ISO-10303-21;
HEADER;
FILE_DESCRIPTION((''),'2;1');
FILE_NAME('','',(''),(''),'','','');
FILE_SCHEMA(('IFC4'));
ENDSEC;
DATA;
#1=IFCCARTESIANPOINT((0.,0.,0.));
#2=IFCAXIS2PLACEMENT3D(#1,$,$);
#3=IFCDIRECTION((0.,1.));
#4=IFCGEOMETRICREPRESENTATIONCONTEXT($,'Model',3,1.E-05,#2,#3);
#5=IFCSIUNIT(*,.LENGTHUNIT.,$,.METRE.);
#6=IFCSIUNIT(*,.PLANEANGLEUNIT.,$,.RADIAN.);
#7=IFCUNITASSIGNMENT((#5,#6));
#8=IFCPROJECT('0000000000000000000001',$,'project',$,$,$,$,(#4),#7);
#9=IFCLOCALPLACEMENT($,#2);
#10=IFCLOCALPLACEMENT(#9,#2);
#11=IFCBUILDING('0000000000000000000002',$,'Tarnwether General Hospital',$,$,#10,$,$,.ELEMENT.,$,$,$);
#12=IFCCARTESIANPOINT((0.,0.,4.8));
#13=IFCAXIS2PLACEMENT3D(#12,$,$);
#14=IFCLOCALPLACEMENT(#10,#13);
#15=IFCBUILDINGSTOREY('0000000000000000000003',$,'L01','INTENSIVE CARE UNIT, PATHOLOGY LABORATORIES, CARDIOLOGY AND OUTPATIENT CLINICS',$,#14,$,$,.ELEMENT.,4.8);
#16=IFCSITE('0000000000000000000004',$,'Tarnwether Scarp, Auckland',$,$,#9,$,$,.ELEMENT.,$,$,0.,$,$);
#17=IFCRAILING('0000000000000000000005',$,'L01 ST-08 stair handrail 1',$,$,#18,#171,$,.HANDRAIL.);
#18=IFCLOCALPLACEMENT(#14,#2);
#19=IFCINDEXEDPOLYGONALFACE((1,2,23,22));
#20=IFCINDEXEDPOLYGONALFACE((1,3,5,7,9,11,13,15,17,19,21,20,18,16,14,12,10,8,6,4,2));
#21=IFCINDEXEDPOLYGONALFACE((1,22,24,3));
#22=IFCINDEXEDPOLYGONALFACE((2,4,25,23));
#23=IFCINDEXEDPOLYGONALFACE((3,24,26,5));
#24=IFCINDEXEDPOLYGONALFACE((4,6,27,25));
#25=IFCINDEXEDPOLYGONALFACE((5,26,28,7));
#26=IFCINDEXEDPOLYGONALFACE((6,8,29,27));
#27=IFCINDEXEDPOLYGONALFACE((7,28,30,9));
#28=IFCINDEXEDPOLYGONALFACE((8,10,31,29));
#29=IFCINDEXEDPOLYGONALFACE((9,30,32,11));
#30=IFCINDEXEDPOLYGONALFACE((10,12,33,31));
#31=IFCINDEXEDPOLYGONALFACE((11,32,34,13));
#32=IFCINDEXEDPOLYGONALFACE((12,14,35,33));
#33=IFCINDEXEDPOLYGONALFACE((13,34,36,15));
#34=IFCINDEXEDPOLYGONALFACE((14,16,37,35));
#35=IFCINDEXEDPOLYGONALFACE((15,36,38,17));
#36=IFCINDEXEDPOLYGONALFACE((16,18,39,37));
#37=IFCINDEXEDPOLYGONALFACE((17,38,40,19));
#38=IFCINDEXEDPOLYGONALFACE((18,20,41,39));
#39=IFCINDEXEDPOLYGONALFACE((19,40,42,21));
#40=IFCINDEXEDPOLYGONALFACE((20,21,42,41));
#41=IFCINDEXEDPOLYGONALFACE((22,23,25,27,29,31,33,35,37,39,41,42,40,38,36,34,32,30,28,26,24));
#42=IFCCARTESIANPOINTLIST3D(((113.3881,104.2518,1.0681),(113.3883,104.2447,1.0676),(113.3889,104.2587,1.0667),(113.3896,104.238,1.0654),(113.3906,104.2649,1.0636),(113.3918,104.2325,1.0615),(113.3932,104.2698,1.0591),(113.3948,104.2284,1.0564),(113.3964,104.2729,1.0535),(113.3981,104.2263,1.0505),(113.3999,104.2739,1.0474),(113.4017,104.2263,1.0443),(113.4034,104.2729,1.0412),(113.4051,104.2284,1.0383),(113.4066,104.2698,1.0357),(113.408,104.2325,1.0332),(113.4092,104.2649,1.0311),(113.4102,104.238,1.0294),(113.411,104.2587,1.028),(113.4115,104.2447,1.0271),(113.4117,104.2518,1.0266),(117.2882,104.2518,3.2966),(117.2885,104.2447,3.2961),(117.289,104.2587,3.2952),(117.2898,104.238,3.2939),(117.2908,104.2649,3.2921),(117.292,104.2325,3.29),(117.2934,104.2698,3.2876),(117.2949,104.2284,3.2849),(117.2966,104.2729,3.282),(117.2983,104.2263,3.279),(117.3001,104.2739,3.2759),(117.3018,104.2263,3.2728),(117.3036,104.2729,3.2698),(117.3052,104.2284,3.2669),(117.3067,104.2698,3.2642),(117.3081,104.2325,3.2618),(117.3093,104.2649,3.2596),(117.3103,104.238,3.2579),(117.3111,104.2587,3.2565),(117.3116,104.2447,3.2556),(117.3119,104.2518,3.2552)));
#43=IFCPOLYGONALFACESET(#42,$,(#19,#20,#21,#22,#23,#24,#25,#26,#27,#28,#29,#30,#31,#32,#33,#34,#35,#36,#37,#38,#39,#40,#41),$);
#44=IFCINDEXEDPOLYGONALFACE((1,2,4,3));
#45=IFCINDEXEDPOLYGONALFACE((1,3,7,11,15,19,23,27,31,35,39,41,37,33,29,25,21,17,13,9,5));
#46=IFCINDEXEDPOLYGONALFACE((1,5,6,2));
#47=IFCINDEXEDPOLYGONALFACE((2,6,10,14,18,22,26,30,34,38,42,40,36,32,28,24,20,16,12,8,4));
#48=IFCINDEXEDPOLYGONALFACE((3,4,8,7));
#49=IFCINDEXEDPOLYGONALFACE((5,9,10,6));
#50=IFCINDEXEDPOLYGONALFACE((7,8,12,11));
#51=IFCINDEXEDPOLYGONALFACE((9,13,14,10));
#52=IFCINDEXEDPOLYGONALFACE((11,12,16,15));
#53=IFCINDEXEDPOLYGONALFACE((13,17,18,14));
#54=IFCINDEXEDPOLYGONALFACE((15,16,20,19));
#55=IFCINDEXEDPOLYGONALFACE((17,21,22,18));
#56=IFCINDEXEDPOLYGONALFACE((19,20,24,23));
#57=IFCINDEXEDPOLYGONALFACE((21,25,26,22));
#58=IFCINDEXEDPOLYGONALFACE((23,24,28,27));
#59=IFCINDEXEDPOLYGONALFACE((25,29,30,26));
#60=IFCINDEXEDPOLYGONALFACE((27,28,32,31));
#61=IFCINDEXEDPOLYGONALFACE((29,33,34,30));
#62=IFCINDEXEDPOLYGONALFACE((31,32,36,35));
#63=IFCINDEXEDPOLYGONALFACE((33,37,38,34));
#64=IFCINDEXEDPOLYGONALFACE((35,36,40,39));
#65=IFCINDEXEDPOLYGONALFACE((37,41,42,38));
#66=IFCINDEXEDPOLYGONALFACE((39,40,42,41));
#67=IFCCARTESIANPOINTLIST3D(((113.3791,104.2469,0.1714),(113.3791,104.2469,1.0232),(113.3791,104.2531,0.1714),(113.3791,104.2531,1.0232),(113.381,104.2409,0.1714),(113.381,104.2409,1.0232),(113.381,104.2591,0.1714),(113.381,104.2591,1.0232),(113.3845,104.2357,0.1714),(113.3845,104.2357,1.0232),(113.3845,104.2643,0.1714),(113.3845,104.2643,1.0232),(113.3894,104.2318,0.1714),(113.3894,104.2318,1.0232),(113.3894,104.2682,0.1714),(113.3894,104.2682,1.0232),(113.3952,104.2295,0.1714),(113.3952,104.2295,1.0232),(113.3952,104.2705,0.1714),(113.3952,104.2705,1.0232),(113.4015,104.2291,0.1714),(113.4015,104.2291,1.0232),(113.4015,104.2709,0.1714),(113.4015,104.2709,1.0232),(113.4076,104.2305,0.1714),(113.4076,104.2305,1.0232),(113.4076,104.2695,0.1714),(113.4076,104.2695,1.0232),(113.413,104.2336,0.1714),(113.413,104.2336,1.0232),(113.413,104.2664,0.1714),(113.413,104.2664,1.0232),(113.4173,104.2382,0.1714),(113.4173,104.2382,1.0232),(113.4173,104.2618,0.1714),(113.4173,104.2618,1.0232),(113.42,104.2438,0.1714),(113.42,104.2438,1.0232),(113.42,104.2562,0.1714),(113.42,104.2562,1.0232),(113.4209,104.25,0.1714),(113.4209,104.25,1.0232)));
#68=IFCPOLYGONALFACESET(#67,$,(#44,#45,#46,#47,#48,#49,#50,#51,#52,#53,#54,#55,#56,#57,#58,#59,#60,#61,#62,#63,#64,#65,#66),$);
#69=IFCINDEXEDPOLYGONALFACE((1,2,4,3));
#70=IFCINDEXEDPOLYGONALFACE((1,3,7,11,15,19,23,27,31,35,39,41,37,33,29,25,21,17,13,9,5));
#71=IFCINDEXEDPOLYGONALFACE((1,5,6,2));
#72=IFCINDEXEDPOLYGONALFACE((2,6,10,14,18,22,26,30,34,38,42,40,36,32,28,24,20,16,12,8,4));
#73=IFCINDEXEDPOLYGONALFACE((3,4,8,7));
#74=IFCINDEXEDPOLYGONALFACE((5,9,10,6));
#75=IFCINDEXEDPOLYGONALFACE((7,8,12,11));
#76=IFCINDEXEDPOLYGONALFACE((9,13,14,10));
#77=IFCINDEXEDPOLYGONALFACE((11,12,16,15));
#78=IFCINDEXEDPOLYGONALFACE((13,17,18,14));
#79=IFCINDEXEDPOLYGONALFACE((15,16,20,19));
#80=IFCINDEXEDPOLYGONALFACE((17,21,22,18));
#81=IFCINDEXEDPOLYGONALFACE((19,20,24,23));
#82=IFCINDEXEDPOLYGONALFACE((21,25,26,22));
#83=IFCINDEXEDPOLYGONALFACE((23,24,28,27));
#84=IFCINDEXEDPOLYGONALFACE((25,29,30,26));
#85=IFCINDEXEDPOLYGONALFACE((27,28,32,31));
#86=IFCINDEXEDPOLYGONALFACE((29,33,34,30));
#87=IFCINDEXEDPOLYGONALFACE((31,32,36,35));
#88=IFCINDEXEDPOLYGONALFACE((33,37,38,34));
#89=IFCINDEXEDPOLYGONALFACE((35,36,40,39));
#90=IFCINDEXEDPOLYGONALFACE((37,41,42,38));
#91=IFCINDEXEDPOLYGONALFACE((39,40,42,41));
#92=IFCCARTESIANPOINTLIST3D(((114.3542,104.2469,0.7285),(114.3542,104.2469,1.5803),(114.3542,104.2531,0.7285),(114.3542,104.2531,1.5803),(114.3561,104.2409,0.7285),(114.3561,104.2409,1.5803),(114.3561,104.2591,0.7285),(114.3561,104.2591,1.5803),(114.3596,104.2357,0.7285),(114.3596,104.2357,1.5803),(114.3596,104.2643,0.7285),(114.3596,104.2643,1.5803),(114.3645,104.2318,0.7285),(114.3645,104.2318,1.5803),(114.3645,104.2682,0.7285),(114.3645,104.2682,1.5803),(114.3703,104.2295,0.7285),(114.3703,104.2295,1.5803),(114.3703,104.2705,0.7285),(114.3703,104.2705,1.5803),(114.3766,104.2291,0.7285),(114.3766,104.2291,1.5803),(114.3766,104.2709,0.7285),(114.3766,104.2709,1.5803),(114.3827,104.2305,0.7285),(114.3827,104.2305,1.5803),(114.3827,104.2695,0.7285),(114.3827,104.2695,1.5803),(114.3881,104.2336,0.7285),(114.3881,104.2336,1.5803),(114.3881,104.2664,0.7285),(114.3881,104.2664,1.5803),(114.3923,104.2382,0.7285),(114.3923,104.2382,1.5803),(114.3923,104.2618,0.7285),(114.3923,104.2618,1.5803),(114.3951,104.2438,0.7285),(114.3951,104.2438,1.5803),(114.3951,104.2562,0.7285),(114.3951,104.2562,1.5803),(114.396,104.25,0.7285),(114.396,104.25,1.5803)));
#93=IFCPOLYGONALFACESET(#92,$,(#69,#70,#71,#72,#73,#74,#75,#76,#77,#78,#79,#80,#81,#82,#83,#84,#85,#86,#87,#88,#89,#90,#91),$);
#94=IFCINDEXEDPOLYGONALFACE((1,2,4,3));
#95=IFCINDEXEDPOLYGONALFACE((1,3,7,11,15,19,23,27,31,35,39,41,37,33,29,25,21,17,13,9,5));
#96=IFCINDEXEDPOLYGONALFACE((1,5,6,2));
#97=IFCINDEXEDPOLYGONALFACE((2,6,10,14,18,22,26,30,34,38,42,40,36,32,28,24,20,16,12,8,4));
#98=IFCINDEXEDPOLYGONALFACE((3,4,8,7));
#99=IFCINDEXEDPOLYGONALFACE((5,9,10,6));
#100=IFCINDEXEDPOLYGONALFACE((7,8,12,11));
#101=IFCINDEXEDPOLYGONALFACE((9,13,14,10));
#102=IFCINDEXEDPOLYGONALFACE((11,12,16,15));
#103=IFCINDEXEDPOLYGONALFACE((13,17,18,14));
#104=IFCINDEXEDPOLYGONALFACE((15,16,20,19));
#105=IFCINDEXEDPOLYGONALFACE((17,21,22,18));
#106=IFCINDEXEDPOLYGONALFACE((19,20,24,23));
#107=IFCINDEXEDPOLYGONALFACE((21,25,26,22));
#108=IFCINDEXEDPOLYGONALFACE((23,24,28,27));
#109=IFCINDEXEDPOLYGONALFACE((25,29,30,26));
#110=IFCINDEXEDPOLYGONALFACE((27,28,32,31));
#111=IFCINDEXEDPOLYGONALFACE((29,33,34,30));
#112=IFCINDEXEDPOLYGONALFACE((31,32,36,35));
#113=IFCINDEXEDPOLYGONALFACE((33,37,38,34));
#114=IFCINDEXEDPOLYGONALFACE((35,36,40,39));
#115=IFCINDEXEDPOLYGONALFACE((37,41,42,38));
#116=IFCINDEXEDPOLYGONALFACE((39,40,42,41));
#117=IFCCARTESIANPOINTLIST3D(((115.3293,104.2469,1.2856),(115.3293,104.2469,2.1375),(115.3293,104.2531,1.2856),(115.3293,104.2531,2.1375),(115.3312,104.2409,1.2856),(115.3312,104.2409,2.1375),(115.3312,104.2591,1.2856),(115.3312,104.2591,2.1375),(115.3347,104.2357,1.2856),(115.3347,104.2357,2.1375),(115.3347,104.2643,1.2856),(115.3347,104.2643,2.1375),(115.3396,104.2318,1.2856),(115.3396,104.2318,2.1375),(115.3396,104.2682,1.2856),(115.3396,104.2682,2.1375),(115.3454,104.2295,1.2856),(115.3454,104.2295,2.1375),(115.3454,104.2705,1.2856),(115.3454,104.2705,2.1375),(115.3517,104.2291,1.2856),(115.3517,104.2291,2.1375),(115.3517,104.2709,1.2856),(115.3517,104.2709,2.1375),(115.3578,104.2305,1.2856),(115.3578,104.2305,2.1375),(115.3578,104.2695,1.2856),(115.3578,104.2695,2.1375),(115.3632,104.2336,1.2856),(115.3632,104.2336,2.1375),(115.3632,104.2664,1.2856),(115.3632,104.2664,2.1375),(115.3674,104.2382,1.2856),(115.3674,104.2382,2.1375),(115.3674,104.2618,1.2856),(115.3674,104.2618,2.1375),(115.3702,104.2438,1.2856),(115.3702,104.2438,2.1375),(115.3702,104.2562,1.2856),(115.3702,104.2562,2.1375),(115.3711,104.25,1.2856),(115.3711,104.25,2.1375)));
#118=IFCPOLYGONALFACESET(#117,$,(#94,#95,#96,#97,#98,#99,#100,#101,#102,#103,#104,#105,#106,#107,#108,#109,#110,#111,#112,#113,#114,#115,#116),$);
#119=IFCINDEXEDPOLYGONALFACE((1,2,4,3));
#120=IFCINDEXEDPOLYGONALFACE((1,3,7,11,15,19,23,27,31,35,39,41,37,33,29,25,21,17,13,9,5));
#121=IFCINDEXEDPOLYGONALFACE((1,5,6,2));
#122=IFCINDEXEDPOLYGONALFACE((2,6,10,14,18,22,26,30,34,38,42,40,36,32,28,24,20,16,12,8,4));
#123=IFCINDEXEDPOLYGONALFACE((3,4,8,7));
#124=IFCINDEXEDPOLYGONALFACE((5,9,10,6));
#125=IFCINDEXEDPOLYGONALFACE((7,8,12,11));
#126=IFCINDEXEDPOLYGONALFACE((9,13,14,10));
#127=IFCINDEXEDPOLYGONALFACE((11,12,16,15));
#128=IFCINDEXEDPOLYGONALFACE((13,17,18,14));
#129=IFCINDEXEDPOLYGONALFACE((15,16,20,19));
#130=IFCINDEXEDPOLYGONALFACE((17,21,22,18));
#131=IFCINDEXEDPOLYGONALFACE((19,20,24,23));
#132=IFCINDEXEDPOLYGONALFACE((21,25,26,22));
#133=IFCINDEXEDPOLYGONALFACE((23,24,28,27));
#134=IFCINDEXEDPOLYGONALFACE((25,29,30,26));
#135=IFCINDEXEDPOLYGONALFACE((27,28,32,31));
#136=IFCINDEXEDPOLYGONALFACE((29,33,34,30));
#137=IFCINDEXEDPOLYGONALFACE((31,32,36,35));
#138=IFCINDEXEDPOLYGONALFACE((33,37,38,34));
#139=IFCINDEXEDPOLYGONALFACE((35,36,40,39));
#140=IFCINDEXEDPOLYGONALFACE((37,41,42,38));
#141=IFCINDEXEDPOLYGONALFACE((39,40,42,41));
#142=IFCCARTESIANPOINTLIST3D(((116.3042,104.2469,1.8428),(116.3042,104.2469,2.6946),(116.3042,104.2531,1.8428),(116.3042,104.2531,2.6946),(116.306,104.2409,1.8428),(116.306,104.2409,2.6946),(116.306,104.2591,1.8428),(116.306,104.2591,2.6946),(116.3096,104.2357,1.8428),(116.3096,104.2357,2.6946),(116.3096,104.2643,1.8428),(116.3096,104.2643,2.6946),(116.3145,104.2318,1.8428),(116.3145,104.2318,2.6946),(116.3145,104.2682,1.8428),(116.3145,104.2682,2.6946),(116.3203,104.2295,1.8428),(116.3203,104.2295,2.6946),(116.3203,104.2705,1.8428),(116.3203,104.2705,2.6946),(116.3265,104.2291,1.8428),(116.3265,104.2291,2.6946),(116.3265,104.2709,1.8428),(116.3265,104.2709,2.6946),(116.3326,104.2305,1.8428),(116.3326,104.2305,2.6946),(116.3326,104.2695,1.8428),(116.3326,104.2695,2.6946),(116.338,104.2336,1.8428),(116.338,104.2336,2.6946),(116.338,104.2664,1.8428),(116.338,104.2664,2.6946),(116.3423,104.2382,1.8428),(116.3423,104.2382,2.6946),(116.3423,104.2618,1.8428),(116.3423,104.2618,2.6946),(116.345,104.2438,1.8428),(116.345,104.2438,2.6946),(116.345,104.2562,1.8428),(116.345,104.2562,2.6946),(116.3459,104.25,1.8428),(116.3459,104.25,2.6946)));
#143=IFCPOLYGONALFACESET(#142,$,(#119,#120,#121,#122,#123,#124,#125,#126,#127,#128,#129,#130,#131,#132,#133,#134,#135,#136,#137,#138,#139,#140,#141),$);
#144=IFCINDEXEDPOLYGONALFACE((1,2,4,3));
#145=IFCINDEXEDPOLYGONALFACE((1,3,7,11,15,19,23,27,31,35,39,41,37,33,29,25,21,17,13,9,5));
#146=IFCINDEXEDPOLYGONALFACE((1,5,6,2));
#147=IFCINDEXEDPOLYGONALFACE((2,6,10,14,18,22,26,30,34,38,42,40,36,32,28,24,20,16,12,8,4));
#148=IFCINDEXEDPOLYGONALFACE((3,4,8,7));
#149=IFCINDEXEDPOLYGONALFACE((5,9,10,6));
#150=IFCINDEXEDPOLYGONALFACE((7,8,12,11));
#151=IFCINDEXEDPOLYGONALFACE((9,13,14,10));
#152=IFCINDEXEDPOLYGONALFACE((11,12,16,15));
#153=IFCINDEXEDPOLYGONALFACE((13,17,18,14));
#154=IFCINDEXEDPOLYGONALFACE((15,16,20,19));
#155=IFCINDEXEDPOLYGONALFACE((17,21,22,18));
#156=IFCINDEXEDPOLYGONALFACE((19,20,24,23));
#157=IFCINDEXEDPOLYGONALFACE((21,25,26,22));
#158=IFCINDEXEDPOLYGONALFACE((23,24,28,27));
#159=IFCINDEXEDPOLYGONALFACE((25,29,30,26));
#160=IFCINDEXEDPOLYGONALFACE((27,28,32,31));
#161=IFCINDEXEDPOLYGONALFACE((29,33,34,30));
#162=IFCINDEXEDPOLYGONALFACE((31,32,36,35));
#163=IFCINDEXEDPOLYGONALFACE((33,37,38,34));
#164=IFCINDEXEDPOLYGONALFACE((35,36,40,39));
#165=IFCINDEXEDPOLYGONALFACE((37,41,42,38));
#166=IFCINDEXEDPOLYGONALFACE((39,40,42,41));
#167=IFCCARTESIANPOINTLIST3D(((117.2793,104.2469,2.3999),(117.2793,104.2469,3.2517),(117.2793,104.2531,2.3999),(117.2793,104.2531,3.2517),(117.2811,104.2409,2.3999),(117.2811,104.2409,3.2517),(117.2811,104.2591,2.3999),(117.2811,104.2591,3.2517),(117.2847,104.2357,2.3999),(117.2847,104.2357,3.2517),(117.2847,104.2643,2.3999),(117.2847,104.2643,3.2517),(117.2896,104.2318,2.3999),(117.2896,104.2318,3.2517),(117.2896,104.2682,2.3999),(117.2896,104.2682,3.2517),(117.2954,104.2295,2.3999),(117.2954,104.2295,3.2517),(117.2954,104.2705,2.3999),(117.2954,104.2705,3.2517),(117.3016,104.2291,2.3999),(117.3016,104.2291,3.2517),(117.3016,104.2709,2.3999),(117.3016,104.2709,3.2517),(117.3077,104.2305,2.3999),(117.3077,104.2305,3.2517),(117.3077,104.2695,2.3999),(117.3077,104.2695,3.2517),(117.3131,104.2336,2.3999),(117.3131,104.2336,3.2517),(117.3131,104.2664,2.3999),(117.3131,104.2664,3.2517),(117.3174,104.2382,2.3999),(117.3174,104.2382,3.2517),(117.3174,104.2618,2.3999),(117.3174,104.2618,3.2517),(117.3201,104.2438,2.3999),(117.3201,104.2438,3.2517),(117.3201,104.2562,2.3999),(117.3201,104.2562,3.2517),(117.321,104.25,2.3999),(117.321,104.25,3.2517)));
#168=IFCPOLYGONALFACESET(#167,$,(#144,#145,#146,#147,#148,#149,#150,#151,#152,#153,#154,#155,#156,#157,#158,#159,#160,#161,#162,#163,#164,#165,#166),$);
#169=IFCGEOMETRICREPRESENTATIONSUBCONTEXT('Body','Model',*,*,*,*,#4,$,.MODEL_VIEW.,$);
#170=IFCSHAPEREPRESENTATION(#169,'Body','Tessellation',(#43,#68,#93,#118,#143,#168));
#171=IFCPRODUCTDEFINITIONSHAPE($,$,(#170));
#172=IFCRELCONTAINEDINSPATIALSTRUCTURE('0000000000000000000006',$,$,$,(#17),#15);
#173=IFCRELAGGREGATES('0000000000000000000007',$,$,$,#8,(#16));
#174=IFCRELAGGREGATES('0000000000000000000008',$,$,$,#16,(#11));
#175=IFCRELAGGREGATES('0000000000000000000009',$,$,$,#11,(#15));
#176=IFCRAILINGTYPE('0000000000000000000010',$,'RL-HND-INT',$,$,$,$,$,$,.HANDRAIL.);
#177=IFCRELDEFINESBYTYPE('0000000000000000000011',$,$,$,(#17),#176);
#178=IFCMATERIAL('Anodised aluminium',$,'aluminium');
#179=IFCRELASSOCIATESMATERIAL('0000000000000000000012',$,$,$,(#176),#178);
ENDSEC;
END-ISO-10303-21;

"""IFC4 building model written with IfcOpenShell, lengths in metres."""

from ifc_helpers import new_model, si_unit, direction, frame, origin, origin_2d, place, context, subcontext, project, spatial, circle, extrude, material, type_object, element, save


model = new_model("IFC4")

# Units and contexts
model_context = context("Model", 3, precision=1e-05, world=origin(), true_north=direction((0.0, 1.0)))
body_context = subcontext(model_context, "Body", "Model", "MODEL_VIEW")
ifc_project = project(units=[si_unit("LENGTHUNIT", "METRE"), si_unit("PLANEANGLEUNIT", "RADIAN")], contexts=[model_context])

# Site, building, storey
site_placement = place(None, origin())
site = spatial("IfcSite", under=ifc_project, at=site_placement, Name="Tarnwether Scarp, Auckland", CompositionType="ELEMENT", RefElevation=0.0)
building_placement = place(site_placement, origin())
building = spatial("IfcBuilding", under=site, at=building_placement, Name="Tarnwether General Hospital", CompositionType="ELEMENT")
storey_placement = place(building_placement, frame((0.0, 0.0, 4.8)))
storey = spatial("IfcBuildingStorey", under=building, at=storey_placement, Name="L01", Description="INTENSIVE CARE UNIT, PATHOLOGY LABORATORIES, CARDIOLOGY AND OUTPATIENT CLINICS", CompositionType="ELEMENT", Elevation=4.8)

# Railing
ifc_material_1 = material(Name="Anodised aluminium", Category="aluminium")
railing_type_1 = type_object("IfcRailingType", Name="RL-HND-INT", PredefinedType="HANDRAIL", material=ifc_material_1)
railing_1_placement = place(storey_placement, frame((113.3999, 104.25, 0.1714)))
element("IfcRailing", 1, at=railing_1_placement, inside=storey, type_object=railing_type_1, Name="L01 ST-08 stair handrail 1", PredefinedType="HANDRAIL", context=body_context, shape_type="SweptSolid", body=[
    extrude(circle(Radius=0.0239, at=origin_2d()), frame((0.0, 0.0, 0.876), z_axis=(0.868257, 0.0, 0.496116), x_axis=(0.0, 1.0, 0.0)), (0.0, 0.0, 1.0), 4.4919),
    extrude(circle(Radius=0.021, at=origin_2d()), origin(), (0.0, 0.0, 1.0), 0.8518),
    extrude(circle(Radius=0.021, at=origin_2d()), frame((0.9751, 0.0, 0.5571)), (0.0, 0.0, 1.0), 0.8518),
    extrude(circle(Radius=0.021, at=origin_2d()), frame((1.9502, 0.0, 1.1143)), (0.0, 0.0, 1.0), 0.8518),
    extrude(circle(Radius=0.021, at=origin_2d()), frame((2.925, 0.0, 1.6714)), (0.0, 0.0, 1.0), 0.8518),
    extrude(circle(Radius=0.021, at=origin_2d()), frame((3.9001, 0.0, 2.2285)), (0.0, 0.0, 1.0), 0.8518),
])

save(model, "model.ifc")
